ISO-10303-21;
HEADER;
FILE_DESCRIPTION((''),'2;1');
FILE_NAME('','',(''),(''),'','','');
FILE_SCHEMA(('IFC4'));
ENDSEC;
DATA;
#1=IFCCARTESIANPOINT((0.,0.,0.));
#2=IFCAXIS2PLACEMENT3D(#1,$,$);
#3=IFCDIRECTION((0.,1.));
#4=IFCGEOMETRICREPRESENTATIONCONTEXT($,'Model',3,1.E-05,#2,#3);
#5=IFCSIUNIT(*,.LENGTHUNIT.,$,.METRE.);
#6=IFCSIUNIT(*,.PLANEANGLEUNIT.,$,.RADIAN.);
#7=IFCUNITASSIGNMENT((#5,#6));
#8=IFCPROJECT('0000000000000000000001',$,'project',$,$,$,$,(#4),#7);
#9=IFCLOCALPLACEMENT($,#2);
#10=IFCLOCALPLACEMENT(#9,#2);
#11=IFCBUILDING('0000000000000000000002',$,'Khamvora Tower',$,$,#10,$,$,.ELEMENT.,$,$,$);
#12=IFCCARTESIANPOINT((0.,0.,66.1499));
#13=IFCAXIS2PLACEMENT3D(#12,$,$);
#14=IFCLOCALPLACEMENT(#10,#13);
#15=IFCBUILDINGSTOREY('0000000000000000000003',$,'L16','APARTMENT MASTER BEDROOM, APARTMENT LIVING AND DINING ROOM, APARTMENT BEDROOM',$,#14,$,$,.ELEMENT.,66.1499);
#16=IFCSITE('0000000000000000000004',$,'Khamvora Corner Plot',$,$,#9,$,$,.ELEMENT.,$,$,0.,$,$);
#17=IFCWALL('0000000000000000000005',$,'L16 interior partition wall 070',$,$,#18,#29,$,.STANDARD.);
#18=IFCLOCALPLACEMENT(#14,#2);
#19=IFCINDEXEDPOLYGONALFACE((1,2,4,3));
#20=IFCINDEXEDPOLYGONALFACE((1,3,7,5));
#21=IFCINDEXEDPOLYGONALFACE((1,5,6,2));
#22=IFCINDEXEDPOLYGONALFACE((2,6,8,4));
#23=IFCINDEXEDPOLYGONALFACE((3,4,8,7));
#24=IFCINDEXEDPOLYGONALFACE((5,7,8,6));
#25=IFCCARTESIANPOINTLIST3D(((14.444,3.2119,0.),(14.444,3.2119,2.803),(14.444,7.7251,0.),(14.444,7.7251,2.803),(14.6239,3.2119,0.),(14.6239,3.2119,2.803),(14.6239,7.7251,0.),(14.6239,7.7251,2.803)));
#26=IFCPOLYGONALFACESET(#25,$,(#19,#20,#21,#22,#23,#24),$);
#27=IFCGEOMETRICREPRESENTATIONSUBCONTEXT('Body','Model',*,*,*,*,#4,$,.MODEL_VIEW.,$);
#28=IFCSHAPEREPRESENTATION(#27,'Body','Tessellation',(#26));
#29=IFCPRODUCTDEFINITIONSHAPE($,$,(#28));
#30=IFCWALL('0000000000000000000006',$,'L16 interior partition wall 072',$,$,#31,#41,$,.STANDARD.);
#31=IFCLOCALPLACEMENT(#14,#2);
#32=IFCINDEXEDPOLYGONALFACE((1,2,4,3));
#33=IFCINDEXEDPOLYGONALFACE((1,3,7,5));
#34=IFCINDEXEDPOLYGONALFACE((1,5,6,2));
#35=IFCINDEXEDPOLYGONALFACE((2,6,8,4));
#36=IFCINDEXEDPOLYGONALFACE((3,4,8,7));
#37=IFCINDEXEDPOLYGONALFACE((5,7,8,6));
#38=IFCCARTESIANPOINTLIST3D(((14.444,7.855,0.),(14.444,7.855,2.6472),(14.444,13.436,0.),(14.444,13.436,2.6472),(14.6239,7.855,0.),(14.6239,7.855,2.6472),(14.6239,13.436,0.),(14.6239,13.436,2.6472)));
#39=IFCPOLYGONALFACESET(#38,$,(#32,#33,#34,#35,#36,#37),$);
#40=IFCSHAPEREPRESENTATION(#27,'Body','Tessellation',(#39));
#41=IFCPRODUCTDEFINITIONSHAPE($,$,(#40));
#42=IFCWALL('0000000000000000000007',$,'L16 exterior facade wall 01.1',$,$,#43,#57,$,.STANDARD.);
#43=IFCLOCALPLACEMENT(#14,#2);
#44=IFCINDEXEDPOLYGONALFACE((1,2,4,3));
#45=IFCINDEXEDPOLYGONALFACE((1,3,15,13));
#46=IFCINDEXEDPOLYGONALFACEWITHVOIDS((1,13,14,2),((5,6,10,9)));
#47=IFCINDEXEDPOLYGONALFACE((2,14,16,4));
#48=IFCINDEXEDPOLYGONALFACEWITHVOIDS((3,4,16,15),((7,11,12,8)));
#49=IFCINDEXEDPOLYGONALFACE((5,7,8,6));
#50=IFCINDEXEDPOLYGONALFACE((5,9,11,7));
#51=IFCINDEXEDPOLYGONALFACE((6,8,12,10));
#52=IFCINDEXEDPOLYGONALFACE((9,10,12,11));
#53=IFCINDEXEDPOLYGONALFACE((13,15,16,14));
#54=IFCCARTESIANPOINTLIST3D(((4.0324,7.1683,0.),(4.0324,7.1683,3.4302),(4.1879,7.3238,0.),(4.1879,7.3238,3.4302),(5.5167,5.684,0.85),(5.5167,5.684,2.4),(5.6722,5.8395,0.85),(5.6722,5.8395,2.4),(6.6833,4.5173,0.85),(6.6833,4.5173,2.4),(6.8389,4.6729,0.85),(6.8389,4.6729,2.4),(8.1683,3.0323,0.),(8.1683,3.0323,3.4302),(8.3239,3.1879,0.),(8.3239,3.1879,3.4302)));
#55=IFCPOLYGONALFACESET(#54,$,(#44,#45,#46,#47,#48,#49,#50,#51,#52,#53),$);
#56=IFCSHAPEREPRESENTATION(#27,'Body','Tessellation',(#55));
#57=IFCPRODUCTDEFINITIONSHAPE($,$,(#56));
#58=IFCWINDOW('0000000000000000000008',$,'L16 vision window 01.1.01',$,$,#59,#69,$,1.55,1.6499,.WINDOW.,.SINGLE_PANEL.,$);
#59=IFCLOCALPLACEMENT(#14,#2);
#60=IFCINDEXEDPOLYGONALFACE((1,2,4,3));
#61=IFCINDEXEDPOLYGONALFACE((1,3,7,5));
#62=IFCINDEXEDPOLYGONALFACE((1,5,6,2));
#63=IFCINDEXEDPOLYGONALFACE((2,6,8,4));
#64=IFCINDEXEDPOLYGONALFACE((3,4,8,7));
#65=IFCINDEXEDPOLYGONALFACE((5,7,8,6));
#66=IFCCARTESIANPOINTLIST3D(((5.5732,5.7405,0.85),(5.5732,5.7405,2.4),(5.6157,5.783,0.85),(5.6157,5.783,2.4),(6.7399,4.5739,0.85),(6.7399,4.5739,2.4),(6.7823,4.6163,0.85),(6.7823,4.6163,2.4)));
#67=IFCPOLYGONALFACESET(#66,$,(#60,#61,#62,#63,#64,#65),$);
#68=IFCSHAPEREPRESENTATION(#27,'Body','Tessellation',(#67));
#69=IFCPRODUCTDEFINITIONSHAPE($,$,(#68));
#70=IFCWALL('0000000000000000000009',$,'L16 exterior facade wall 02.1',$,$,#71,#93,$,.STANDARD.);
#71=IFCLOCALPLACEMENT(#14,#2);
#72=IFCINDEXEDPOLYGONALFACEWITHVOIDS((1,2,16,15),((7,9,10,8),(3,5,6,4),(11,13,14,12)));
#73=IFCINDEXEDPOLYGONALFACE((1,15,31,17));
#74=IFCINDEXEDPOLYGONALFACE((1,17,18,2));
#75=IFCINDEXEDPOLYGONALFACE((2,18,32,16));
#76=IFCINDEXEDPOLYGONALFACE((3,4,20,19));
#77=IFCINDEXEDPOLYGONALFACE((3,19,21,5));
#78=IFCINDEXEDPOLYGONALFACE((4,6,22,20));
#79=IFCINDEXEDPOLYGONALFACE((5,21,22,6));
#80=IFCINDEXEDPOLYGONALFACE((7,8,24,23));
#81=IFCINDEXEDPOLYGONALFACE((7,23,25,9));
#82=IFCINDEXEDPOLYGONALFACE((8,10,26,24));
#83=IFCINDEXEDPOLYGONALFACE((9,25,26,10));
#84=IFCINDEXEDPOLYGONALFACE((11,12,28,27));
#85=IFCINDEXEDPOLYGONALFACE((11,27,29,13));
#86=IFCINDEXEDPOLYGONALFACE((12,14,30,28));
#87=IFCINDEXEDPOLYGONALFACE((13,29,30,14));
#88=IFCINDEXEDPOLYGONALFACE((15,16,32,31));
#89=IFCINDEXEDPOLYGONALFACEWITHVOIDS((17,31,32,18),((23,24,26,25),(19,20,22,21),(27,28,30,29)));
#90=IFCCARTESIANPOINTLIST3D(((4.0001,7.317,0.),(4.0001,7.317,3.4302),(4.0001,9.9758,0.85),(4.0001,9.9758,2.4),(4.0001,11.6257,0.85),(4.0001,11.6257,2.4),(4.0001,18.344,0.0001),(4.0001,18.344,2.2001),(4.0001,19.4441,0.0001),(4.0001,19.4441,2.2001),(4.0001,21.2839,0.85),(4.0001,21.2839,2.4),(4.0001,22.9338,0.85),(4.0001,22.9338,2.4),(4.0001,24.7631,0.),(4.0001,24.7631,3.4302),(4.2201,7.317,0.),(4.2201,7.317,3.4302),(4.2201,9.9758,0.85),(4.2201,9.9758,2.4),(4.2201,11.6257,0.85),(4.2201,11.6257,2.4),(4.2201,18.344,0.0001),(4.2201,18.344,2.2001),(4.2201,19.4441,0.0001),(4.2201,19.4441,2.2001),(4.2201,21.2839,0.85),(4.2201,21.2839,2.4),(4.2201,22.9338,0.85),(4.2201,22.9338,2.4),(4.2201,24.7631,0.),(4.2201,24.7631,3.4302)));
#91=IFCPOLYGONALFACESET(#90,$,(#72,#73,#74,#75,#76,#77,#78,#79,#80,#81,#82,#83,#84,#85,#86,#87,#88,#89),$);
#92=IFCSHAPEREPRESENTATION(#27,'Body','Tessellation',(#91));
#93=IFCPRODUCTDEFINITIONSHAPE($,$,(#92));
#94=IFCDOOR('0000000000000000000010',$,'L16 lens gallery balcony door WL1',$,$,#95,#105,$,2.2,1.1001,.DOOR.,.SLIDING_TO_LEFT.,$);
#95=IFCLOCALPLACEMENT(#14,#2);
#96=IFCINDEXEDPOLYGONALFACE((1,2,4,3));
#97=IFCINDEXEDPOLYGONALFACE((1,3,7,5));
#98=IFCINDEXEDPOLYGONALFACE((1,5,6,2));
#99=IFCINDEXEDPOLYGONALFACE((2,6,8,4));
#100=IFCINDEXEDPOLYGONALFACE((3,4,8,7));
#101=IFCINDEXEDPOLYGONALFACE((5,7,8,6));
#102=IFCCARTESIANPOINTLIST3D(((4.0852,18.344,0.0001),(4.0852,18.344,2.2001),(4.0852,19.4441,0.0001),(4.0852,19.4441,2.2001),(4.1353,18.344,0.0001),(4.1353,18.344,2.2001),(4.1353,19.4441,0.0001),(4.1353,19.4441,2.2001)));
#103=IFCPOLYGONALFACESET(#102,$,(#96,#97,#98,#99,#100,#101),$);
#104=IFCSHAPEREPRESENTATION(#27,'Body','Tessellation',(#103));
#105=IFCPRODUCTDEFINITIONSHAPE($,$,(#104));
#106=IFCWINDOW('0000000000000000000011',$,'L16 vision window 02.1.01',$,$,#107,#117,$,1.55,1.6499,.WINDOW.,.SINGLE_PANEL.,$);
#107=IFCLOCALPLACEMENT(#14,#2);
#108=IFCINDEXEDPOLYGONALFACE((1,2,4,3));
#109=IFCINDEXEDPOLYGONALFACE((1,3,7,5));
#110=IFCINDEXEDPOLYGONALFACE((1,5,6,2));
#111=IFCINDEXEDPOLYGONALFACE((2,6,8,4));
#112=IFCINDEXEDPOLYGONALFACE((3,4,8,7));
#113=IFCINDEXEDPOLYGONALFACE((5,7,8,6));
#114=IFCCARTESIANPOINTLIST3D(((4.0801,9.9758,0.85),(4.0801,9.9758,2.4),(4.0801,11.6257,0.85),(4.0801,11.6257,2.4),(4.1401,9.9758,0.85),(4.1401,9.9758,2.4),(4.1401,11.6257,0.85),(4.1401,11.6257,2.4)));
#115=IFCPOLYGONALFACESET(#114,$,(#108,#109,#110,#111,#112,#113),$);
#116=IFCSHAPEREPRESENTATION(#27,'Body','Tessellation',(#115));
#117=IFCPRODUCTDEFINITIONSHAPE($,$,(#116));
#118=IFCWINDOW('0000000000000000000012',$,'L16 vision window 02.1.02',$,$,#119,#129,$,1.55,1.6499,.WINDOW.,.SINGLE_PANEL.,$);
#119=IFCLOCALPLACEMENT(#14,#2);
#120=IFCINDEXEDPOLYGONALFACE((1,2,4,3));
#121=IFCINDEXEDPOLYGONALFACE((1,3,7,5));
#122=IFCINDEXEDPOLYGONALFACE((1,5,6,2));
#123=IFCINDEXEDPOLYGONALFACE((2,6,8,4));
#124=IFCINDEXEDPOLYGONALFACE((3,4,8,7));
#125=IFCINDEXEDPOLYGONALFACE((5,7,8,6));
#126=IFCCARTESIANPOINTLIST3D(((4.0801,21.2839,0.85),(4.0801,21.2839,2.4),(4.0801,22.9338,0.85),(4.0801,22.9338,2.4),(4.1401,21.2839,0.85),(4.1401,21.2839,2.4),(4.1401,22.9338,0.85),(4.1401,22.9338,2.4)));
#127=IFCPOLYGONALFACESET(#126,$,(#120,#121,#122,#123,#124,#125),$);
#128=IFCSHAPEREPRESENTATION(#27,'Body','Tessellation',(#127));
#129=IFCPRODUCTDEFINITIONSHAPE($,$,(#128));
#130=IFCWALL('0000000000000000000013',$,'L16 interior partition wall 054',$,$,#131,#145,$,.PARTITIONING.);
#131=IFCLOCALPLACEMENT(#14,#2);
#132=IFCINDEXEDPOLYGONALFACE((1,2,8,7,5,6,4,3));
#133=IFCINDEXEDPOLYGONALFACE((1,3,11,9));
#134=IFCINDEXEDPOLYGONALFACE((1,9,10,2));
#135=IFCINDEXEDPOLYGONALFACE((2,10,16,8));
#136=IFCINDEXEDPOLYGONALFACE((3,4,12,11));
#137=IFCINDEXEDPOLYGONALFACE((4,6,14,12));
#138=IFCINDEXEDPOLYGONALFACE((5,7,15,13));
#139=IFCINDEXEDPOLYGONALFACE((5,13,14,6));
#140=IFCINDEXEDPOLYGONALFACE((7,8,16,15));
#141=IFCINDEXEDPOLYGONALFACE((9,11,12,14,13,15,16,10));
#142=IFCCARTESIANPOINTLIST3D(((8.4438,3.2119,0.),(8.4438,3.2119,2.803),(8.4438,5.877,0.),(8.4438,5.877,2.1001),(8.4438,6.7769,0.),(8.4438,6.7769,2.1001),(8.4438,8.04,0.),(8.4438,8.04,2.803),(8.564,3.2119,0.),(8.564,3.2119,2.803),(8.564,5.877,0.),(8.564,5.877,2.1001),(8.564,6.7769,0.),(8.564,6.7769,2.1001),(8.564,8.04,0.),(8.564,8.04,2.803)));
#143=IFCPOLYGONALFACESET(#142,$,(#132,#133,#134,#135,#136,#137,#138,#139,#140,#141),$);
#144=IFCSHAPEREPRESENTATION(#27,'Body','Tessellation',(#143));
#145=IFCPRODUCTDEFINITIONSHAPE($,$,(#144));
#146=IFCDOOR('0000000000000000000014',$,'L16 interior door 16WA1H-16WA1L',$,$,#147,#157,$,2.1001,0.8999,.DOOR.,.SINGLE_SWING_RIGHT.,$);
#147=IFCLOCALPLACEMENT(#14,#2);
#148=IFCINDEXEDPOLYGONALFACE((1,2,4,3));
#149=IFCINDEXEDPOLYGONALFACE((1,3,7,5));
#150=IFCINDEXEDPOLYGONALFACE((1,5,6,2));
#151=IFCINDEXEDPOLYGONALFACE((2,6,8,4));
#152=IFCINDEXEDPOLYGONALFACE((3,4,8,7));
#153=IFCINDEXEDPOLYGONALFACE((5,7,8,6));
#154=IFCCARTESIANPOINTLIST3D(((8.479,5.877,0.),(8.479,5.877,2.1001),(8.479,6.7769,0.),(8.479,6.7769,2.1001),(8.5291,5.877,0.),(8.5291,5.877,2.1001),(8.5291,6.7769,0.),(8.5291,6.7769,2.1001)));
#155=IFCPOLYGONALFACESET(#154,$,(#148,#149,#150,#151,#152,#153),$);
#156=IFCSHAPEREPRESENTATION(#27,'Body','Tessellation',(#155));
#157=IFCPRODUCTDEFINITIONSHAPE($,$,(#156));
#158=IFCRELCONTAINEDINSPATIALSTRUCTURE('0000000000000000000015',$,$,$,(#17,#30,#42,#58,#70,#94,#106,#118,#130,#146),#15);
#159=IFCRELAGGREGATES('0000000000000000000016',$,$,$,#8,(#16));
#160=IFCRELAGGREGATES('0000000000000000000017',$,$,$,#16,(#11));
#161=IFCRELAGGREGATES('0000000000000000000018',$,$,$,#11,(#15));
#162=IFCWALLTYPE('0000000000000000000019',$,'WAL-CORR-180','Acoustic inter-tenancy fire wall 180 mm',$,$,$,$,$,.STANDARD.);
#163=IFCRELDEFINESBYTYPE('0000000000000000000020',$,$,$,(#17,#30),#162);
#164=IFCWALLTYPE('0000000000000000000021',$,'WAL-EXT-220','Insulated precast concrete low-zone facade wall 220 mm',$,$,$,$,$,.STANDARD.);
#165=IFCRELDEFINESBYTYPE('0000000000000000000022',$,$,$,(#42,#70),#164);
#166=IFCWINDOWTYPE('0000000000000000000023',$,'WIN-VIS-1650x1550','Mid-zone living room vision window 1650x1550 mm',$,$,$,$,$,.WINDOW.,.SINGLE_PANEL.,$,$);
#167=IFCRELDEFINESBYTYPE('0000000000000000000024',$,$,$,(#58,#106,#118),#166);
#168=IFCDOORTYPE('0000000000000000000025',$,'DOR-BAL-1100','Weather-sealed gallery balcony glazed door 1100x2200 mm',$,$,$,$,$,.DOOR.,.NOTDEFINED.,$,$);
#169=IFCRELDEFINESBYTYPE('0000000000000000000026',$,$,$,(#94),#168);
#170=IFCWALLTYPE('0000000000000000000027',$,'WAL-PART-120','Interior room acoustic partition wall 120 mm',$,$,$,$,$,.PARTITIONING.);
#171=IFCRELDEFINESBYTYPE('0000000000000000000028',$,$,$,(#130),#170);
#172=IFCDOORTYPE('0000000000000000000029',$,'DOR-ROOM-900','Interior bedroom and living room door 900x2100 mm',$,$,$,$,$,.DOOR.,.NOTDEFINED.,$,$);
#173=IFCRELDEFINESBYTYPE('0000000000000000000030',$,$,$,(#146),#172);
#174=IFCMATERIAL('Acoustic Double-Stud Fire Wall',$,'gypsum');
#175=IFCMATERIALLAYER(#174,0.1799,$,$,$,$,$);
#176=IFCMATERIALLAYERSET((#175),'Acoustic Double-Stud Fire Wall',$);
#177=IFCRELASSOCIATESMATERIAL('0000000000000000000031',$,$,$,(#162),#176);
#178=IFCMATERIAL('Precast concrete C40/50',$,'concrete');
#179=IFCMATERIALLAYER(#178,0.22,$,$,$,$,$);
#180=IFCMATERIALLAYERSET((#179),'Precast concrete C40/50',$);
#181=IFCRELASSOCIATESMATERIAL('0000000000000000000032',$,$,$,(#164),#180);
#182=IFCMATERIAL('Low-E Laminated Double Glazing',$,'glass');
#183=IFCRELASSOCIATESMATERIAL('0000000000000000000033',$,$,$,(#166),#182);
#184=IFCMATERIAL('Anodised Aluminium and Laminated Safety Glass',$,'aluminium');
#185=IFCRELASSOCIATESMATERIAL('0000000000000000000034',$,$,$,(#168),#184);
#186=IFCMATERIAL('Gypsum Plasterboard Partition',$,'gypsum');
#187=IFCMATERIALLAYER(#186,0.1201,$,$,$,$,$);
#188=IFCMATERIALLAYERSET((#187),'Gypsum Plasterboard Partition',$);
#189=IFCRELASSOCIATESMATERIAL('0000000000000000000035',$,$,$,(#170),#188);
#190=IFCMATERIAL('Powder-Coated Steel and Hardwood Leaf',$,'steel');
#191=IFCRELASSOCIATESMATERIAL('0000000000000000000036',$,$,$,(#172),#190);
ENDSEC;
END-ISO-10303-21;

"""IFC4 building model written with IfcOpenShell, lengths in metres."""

from ifc_helpers import new_model, si_unit, direction, frame, frame_2d, origin, place, context, subcontext, project, spatial, rectangle, extrude, material, layer, layer_set, type_object, element, fill, save


model = new_model("IFC4")

# Units and contexts
model_context = context("Model", 3, precision=1e-05, world=origin(), true_north=direction((0.0, 1.0)))
body_context = subcontext(model_context, "Body", "Model", "MODEL_VIEW")
ifc_project = project(units=[si_unit("LENGTHUNIT", "METRE"), si_unit("PLANEANGLEUNIT", "RADIAN")], contexts=[model_context])

# Site, building, storey
site_placement = place(None, origin())
site = spatial("IfcSite", under=ifc_project, at=site_placement, Name="Khamvora Corner Plot", CompositionType="ELEMENT", RefElevation=0.0)
building_placement = place(site_placement, origin())
building = spatial("IfcBuilding", under=site, at=building_placement, Name="Khamvora Tower", CompositionType="ELEMENT")
storey_placement = place(building_placement, frame((0.0, 0.0, 66.1499)))
storey = spatial("IfcBuildingStorey", under=building, at=storey_placement, Name="L16", Description="APARTMENT MASTER BEDROOM, APARTMENT LIVING AND DINING ROOM, APARTMENT BEDROOM", CompositionType="ELEMENT", Elevation=66.1499)

# Walls
ifc_material_1 = material(Name="Acoustic Double-Stud Fire Wall", Category="gypsum")
ifc_layer_1 = layer(ifc_material_1, 0.1799)
ifc_layer_set_1 = layer_set([ifc_layer_1], Name="Acoustic Double-Stud Fire Wall")
wall_type_1 = type_object("IfcWallType", Name="WAL-CORR-180", Description="Acoustic inter-tenancy fire wall 180 mm", PredefinedType="STANDARD", material=ifc_layer_set_1)
wall_1_placement = place(storey_placement, frame((14.5339, 7.7251, 0.0), z_axis=(0.0, 0.0, 1.0), x_axis=(0.0, -1.0, 0.0)))
element("IfcWall", 1, at=wall_1_placement, inside=storey, type_object=wall_type_1, Name="L16 interior partition wall 070", PredefinedType="STANDARD", context=body_context, shape_type="SweptSolid", body=[
    extrude(rectangle(XDim=4.5132, YDim=0.1799, at=frame_2d((2.2566, 0.0))), origin(), (0.0, 0.0, 1.0), 2.803),
])
wall_2_placement = place(storey_placement, frame((14.5339, 13.436, 0.0), z_axis=(0.0, 0.0, 1.0), x_axis=(0.0, -1.0, 0.0)))
element("IfcWall", 2, at=wall_2_placement, inside=storey, type_object=wall_type_1, Name="L16 interior partition wall 072", PredefinedType="STANDARD", context=body_context, shape_type="SweptSolid", body=[
    extrude(rectangle(XDim=5.5811, YDim=0.1799, at=frame_2d((2.7905, 0.0))), origin(), (0.0, 0.0, 1.0), 2.6472),
])

# Wall, opening, window
ifc_material_2 = material(Name="Precast concrete C40/50", Category="concrete")
ifc_layer_2 = layer(ifc_material_2, 0.22)
ifc_layer_set_2 = layer_set([ifc_layer_2], Name="Precast concrete C40/50")
wall_type_2 = type_object("IfcWallType", Name="WAL-EXT-220", Description="Insulated precast concrete low-zone facade wall 220 mm", PredefinedType="STANDARD", material=ifc_layer_set_2)
wall_3_placement = place(storey_placement, frame((8.2461, 3.1101, 0.0), z_axis=(0.0, 0.0, 1.0), x_axis=(-0.707107, 0.707107, 0.0)))
wall_3 = element("IfcWall", 3, at=wall_3_placement, inside=storey, type_object=wall_type_2, Name="L16 exterior facade wall 01.1", PredefinedType="STANDARD", context=body_context, shape_type="SweptSolid", body=[
    extrude(rectangle(XDim=5.8491, YDim=0.22, at=frame_2d((2.9246, 0.0))), origin(), (0.0, 0.0, 1.0), 3.4302),
])
opening_1_placement = place(wall_3_placement, frame((2.1001, 0.0, 0.8501)))
opening_1 = element("IfcOpeningElement", 4, at=opening_1_placement, cuts=wall_3, PredefinedType="OPENING", context=body_context, shape_type="SweptSolid", body=[
    extrude(rectangle(XDim=1.6499, YDim=1.55, at=frame_2d((0.825, 0.7749))), frame((0.0, 0.1199, 0.0), z_axis=(0.0, -1.0, 0.0), x_axis=(1.0, 0.0, 0.0)), (0.0, 0.0, 1.0), 0.24),
])
ifc_material_3 = material(Name="Low-E Laminated Double Glazing", Category="glass")
window_type = type_object("IfcWindowType", Name="WIN-VIS-1650x1550", Description="Mid-zone living room vision window 1650x1550 mm", PartitioningType="SINGLE_PANEL", PredefinedType="WINDOW", material=ifc_material_3)
window_1_placement = place(opening_1_placement, origin())
window_1 = element("IfcWindow", 5, at=window_1_placement, inside=storey, type_object=window_type, Name="L16 vision window 01.1.01", OverallHeight=1.55, OverallWidth=1.6499, PartitioningType="SINGLE_PANEL", PredefinedType="WINDOW", context=body_context, shape_type="SweptSolid", body=[
    extrude(rectangle(XDim=1.6499, YDim=1.55, at=frame_2d((0.825, 0.7749))), frame((0.0, 0.03, 0.0), z_axis=(0.0, -1.0, 0.0), x_axis=(1.0, 0.0, 0.0)), (0.0, 0.0, 1.0), 0.0601),
])
fill(opening_1, window_1)

# Wall, openings, door, windows
wall_4_placement = place(storey_placement, frame((4.1101, 7.3169, 0.0), z_axis=(0.0, 0.0, 1.0), x_axis=(0.0, 1.0, 0.0)))
wall_4 = element("IfcWall", 6, at=wall_4_placement, inside=storey, type_object=wall_type_2, Name="L16 exterior facade wall 02.1", PredefinedType="STANDARD", context=body_context, shape_type="SweptSolid", body=[
    extrude(rectangle(XDim=17.446, YDim=0.22, at=frame_2d((8.7231, 0.0))), origin(), (0.0, 0.0, 1.0), 3.4302),
])
opening_2_placement = place(wall_4_placement, frame((11.0271, 0.0, 0.0)))
opening_2 = element("IfcOpeningElement", 7, at=opening_2_placement, cuts=wall_4, PredefinedType="OPENING", context=body_context, shape_type="SweptSolid", body=[
    extrude(rectangle(XDim=1.1001, YDim=2.2, at=frame_2d((0.55, 1.1001))), frame((0.0, 0.1199, 0.0), z_axis=(0.0, -1.0, 0.0), x_axis=(1.0, 0.0, 0.0)), (0.0, 0.0, 1.0), 0.24),
])
opening_3_placement = place(wall_4_placement, frame((2.6589, 0.0, 0.8501)))
opening_3 = element("IfcOpeningElement", 8, at=opening_3_placement, cuts=wall_4, PredefinedType="OPENING", context=body_context, shape_type="SweptSolid", body=[
    extrude(rectangle(XDim=1.6499, YDim=1.55, at=frame_2d((0.825, 0.7749))), frame((0.0, 0.1199, 0.0), z_axis=(0.0, -1.0, 0.0), x_axis=(1.0, 0.0, 0.0)), (0.0, 0.0, 1.0), 0.24),
])
opening_4_placement = place(wall_4_placement, frame((13.967, 0.0, 0.8501)))
opening_4 = element("IfcOpeningElement", 9, at=opening_4_placement, cuts=wall_4, PredefinedType="OPENING", context=body_context, shape_type="SweptSolid", body=[
    extrude(rectangle(XDim=1.6499, YDim=1.55, at=frame_2d((0.825, 0.7749))), frame((0.0, 0.1199, 0.0), z_axis=(0.0, -1.0, 0.0), x_axis=(1.0, 0.0, 0.0)), (0.0, 0.0, 1.0), 0.24),
])
ifc_material_4 = material(Name="Anodised Aluminium and Laminated Safety Glass", Category="aluminium")
door_type_1 = type_object("IfcDoorType", Name="DOR-BAL-1100", Description="Weather-sealed gallery balcony glazed door 1100x2200 mm", OperationType="NOTDEFINED", PredefinedType="DOOR", material=ifc_material_4)
door_1_placement = place(opening_2_placement, origin())
door_1 = element("IfcDoor", 10, at=door_1_placement, inside=storey, type_object=door_type_1, Name="L16 lens gallery balcony door WL1", OperationType="SLIDING_TO_LEFT", OverallHeight=2.2, OverallWidth=1.1001, PredefinedType="DOOR", context=body_context, shape_type="SweptSolid", body=[
    extrude(rectangle(XDim=1.1001, YDim=2.2, at=frame_2d((0.55, 1.1001))), frame((0.0, 0.0249, 0.0), z_axis=(0.0, -1.0, 0.0), x_axis=(1.0, 0.0, 0.0)), (0.0, 0.0, 1.0), 0.05),
])
fill(opening_2, door_1)
window_2_placement = place(opening_3_placement, origin())
window_2 = element("IfcWindow", 11, at=window_2_placement, inside=storey, type_object=window_type, Name="L16 vision window 02.1.01", OverallHeight=1.55, OverallWidth=1.6499, PartitioningType="SINGLE_PANEL", PredefinedType="WINDOW", context=body_context, shape_type="SweptSolid", body=[
    extrude(rectangle(XDim=1.6499, YDim=1.55, at=frame_2d((0.825, 0.7749))), frame((0.0, 0.03, 0.0), z_axis=(0.0, -1.0, 0.0), x_axis=(1.0, 0.0, 0.0)), (0.0, 0.0, 1.0), 0.0601),
])
fill(opening_3, window_2)
window_3_placement = place(opening_4_placement, origin())
window_3 = element("IfcWindow", 12, at=window_3_placement, inside=storey, type_object=window_type, Name="L16 vision window 02.1.02", OverallHeight=1.55, OverallWidth=1.6499, PartitioningType="SINGLE_PANEL", PredefinedType="WINDOW", context=body_context, shape_type="SweptSolid", body=[
    extrude(rectangle(XDim=1.6499, YDim=1.55, at=frame_2d((0.825, 0.7749))), frame((0.0, 0.03, 0.0), z_axis=(0.0, -1.0, 0.0), x_axis=(1.0, 0.0, 0.0)), (0.0, 0.0, 1.0), 0.0601),
])
fill(opening_4, window_3)

# Wall, opening, door
ifc_material_5 = material(Name="Gypsum Plasterboard Partition", Category="gypsum")
ifc_layer_3 = layer(ifc_material_5, 0.1201)
ifc_layer_set_3 = layer_set([ifc_layer_3], Name="Gypsum Plasterboard Partition")
wall_type_3 = type_object("IfcWallType", Name="WAL-PART-120", Description="Interior room acoustic partition wall 120 mm", PredefinedType="PARTITIONING", material=ifc_layer_set_3)
wall_5_placement = place(storey_placement, frame((8.5039, 3.2119, 0.0), z_axis=(0.0, 0.0, 1.0), x_axis=(0.0, 1.0, 0.0)))
wall_5 = element("IfcWall", 13, at=wall_5_placement, inside=storey, type_object=wall_type_3, Name="L16 interior partition wall 054", PredefinedType="PARTITIONING", context=body_context, shape_type="SweptSolid", body=[
    extrude(rectangle(XDim=4.8281, YDim=0.1201, at=frame_2d((2.4141, 0.0))), origin(), (0.0, 0.0, 1.0), 2.803),
])
opening_5_placement = place(wall_5_placement, frame((2.665, 0.0, 0.0)))
opening_5 = element("IfcOpeningElement", 14, at=opening_5_placement, cuts=wall_5, PredefinedType="OPENING", context=body_context, shape_type="SweptSolid", body=[
    extrude(rectangle(XDim=0.8999, YDim=2.1001, at=frame_2d((0.45, 1.05))), frame((0.0, 0.0701, 0.0), z_axis=(0.0, -1.0, 0.0), x_axis=(1.0, 0.0, 0.0)), (0.0, 0.0, 1.0), 0.1401),
])
ifc_material_6 = material(Name="Powder-Coated Steel and Hardwood Leaf", Category="steel")
door_type_2 = type_object("IfcDoorType", Name="DOR-ROOM-900", Description="Interior bedroom and living room door 900x2100 mm", OperationType="NOTDEFINED", PredefinedType="DOOR", material=ifc_material_6)
door_2_placement = place(opening_5_placement, origin())
door_2 = element("IfcDoor", 15, at=door_2_placement, inside=storey, type_object=door_type_2, Name="L16 interior door 16WA1H-16WA1L", OperationType="SINGLE_SWING_RIGHT", OverallHeight=2.1001, OverallWidth=0.8999, PredefinedType="DOOR", context=body_context, shape_type="SweptSolid", body=[
    extrude(rectangle(XDim=0.8999, YDim=2.1001, at=frame_2d((0.45, 1.05))), frame((0.0, 0.0249, 0.0), z_axis=(0.0, -1.0, 0.0), x_axis=(1.0, 0.0, 0.0)), (0.0, 0.0, 1.0), 0.05),
])
fill(opening_5, door_2)

save(model, "model.ifc")
